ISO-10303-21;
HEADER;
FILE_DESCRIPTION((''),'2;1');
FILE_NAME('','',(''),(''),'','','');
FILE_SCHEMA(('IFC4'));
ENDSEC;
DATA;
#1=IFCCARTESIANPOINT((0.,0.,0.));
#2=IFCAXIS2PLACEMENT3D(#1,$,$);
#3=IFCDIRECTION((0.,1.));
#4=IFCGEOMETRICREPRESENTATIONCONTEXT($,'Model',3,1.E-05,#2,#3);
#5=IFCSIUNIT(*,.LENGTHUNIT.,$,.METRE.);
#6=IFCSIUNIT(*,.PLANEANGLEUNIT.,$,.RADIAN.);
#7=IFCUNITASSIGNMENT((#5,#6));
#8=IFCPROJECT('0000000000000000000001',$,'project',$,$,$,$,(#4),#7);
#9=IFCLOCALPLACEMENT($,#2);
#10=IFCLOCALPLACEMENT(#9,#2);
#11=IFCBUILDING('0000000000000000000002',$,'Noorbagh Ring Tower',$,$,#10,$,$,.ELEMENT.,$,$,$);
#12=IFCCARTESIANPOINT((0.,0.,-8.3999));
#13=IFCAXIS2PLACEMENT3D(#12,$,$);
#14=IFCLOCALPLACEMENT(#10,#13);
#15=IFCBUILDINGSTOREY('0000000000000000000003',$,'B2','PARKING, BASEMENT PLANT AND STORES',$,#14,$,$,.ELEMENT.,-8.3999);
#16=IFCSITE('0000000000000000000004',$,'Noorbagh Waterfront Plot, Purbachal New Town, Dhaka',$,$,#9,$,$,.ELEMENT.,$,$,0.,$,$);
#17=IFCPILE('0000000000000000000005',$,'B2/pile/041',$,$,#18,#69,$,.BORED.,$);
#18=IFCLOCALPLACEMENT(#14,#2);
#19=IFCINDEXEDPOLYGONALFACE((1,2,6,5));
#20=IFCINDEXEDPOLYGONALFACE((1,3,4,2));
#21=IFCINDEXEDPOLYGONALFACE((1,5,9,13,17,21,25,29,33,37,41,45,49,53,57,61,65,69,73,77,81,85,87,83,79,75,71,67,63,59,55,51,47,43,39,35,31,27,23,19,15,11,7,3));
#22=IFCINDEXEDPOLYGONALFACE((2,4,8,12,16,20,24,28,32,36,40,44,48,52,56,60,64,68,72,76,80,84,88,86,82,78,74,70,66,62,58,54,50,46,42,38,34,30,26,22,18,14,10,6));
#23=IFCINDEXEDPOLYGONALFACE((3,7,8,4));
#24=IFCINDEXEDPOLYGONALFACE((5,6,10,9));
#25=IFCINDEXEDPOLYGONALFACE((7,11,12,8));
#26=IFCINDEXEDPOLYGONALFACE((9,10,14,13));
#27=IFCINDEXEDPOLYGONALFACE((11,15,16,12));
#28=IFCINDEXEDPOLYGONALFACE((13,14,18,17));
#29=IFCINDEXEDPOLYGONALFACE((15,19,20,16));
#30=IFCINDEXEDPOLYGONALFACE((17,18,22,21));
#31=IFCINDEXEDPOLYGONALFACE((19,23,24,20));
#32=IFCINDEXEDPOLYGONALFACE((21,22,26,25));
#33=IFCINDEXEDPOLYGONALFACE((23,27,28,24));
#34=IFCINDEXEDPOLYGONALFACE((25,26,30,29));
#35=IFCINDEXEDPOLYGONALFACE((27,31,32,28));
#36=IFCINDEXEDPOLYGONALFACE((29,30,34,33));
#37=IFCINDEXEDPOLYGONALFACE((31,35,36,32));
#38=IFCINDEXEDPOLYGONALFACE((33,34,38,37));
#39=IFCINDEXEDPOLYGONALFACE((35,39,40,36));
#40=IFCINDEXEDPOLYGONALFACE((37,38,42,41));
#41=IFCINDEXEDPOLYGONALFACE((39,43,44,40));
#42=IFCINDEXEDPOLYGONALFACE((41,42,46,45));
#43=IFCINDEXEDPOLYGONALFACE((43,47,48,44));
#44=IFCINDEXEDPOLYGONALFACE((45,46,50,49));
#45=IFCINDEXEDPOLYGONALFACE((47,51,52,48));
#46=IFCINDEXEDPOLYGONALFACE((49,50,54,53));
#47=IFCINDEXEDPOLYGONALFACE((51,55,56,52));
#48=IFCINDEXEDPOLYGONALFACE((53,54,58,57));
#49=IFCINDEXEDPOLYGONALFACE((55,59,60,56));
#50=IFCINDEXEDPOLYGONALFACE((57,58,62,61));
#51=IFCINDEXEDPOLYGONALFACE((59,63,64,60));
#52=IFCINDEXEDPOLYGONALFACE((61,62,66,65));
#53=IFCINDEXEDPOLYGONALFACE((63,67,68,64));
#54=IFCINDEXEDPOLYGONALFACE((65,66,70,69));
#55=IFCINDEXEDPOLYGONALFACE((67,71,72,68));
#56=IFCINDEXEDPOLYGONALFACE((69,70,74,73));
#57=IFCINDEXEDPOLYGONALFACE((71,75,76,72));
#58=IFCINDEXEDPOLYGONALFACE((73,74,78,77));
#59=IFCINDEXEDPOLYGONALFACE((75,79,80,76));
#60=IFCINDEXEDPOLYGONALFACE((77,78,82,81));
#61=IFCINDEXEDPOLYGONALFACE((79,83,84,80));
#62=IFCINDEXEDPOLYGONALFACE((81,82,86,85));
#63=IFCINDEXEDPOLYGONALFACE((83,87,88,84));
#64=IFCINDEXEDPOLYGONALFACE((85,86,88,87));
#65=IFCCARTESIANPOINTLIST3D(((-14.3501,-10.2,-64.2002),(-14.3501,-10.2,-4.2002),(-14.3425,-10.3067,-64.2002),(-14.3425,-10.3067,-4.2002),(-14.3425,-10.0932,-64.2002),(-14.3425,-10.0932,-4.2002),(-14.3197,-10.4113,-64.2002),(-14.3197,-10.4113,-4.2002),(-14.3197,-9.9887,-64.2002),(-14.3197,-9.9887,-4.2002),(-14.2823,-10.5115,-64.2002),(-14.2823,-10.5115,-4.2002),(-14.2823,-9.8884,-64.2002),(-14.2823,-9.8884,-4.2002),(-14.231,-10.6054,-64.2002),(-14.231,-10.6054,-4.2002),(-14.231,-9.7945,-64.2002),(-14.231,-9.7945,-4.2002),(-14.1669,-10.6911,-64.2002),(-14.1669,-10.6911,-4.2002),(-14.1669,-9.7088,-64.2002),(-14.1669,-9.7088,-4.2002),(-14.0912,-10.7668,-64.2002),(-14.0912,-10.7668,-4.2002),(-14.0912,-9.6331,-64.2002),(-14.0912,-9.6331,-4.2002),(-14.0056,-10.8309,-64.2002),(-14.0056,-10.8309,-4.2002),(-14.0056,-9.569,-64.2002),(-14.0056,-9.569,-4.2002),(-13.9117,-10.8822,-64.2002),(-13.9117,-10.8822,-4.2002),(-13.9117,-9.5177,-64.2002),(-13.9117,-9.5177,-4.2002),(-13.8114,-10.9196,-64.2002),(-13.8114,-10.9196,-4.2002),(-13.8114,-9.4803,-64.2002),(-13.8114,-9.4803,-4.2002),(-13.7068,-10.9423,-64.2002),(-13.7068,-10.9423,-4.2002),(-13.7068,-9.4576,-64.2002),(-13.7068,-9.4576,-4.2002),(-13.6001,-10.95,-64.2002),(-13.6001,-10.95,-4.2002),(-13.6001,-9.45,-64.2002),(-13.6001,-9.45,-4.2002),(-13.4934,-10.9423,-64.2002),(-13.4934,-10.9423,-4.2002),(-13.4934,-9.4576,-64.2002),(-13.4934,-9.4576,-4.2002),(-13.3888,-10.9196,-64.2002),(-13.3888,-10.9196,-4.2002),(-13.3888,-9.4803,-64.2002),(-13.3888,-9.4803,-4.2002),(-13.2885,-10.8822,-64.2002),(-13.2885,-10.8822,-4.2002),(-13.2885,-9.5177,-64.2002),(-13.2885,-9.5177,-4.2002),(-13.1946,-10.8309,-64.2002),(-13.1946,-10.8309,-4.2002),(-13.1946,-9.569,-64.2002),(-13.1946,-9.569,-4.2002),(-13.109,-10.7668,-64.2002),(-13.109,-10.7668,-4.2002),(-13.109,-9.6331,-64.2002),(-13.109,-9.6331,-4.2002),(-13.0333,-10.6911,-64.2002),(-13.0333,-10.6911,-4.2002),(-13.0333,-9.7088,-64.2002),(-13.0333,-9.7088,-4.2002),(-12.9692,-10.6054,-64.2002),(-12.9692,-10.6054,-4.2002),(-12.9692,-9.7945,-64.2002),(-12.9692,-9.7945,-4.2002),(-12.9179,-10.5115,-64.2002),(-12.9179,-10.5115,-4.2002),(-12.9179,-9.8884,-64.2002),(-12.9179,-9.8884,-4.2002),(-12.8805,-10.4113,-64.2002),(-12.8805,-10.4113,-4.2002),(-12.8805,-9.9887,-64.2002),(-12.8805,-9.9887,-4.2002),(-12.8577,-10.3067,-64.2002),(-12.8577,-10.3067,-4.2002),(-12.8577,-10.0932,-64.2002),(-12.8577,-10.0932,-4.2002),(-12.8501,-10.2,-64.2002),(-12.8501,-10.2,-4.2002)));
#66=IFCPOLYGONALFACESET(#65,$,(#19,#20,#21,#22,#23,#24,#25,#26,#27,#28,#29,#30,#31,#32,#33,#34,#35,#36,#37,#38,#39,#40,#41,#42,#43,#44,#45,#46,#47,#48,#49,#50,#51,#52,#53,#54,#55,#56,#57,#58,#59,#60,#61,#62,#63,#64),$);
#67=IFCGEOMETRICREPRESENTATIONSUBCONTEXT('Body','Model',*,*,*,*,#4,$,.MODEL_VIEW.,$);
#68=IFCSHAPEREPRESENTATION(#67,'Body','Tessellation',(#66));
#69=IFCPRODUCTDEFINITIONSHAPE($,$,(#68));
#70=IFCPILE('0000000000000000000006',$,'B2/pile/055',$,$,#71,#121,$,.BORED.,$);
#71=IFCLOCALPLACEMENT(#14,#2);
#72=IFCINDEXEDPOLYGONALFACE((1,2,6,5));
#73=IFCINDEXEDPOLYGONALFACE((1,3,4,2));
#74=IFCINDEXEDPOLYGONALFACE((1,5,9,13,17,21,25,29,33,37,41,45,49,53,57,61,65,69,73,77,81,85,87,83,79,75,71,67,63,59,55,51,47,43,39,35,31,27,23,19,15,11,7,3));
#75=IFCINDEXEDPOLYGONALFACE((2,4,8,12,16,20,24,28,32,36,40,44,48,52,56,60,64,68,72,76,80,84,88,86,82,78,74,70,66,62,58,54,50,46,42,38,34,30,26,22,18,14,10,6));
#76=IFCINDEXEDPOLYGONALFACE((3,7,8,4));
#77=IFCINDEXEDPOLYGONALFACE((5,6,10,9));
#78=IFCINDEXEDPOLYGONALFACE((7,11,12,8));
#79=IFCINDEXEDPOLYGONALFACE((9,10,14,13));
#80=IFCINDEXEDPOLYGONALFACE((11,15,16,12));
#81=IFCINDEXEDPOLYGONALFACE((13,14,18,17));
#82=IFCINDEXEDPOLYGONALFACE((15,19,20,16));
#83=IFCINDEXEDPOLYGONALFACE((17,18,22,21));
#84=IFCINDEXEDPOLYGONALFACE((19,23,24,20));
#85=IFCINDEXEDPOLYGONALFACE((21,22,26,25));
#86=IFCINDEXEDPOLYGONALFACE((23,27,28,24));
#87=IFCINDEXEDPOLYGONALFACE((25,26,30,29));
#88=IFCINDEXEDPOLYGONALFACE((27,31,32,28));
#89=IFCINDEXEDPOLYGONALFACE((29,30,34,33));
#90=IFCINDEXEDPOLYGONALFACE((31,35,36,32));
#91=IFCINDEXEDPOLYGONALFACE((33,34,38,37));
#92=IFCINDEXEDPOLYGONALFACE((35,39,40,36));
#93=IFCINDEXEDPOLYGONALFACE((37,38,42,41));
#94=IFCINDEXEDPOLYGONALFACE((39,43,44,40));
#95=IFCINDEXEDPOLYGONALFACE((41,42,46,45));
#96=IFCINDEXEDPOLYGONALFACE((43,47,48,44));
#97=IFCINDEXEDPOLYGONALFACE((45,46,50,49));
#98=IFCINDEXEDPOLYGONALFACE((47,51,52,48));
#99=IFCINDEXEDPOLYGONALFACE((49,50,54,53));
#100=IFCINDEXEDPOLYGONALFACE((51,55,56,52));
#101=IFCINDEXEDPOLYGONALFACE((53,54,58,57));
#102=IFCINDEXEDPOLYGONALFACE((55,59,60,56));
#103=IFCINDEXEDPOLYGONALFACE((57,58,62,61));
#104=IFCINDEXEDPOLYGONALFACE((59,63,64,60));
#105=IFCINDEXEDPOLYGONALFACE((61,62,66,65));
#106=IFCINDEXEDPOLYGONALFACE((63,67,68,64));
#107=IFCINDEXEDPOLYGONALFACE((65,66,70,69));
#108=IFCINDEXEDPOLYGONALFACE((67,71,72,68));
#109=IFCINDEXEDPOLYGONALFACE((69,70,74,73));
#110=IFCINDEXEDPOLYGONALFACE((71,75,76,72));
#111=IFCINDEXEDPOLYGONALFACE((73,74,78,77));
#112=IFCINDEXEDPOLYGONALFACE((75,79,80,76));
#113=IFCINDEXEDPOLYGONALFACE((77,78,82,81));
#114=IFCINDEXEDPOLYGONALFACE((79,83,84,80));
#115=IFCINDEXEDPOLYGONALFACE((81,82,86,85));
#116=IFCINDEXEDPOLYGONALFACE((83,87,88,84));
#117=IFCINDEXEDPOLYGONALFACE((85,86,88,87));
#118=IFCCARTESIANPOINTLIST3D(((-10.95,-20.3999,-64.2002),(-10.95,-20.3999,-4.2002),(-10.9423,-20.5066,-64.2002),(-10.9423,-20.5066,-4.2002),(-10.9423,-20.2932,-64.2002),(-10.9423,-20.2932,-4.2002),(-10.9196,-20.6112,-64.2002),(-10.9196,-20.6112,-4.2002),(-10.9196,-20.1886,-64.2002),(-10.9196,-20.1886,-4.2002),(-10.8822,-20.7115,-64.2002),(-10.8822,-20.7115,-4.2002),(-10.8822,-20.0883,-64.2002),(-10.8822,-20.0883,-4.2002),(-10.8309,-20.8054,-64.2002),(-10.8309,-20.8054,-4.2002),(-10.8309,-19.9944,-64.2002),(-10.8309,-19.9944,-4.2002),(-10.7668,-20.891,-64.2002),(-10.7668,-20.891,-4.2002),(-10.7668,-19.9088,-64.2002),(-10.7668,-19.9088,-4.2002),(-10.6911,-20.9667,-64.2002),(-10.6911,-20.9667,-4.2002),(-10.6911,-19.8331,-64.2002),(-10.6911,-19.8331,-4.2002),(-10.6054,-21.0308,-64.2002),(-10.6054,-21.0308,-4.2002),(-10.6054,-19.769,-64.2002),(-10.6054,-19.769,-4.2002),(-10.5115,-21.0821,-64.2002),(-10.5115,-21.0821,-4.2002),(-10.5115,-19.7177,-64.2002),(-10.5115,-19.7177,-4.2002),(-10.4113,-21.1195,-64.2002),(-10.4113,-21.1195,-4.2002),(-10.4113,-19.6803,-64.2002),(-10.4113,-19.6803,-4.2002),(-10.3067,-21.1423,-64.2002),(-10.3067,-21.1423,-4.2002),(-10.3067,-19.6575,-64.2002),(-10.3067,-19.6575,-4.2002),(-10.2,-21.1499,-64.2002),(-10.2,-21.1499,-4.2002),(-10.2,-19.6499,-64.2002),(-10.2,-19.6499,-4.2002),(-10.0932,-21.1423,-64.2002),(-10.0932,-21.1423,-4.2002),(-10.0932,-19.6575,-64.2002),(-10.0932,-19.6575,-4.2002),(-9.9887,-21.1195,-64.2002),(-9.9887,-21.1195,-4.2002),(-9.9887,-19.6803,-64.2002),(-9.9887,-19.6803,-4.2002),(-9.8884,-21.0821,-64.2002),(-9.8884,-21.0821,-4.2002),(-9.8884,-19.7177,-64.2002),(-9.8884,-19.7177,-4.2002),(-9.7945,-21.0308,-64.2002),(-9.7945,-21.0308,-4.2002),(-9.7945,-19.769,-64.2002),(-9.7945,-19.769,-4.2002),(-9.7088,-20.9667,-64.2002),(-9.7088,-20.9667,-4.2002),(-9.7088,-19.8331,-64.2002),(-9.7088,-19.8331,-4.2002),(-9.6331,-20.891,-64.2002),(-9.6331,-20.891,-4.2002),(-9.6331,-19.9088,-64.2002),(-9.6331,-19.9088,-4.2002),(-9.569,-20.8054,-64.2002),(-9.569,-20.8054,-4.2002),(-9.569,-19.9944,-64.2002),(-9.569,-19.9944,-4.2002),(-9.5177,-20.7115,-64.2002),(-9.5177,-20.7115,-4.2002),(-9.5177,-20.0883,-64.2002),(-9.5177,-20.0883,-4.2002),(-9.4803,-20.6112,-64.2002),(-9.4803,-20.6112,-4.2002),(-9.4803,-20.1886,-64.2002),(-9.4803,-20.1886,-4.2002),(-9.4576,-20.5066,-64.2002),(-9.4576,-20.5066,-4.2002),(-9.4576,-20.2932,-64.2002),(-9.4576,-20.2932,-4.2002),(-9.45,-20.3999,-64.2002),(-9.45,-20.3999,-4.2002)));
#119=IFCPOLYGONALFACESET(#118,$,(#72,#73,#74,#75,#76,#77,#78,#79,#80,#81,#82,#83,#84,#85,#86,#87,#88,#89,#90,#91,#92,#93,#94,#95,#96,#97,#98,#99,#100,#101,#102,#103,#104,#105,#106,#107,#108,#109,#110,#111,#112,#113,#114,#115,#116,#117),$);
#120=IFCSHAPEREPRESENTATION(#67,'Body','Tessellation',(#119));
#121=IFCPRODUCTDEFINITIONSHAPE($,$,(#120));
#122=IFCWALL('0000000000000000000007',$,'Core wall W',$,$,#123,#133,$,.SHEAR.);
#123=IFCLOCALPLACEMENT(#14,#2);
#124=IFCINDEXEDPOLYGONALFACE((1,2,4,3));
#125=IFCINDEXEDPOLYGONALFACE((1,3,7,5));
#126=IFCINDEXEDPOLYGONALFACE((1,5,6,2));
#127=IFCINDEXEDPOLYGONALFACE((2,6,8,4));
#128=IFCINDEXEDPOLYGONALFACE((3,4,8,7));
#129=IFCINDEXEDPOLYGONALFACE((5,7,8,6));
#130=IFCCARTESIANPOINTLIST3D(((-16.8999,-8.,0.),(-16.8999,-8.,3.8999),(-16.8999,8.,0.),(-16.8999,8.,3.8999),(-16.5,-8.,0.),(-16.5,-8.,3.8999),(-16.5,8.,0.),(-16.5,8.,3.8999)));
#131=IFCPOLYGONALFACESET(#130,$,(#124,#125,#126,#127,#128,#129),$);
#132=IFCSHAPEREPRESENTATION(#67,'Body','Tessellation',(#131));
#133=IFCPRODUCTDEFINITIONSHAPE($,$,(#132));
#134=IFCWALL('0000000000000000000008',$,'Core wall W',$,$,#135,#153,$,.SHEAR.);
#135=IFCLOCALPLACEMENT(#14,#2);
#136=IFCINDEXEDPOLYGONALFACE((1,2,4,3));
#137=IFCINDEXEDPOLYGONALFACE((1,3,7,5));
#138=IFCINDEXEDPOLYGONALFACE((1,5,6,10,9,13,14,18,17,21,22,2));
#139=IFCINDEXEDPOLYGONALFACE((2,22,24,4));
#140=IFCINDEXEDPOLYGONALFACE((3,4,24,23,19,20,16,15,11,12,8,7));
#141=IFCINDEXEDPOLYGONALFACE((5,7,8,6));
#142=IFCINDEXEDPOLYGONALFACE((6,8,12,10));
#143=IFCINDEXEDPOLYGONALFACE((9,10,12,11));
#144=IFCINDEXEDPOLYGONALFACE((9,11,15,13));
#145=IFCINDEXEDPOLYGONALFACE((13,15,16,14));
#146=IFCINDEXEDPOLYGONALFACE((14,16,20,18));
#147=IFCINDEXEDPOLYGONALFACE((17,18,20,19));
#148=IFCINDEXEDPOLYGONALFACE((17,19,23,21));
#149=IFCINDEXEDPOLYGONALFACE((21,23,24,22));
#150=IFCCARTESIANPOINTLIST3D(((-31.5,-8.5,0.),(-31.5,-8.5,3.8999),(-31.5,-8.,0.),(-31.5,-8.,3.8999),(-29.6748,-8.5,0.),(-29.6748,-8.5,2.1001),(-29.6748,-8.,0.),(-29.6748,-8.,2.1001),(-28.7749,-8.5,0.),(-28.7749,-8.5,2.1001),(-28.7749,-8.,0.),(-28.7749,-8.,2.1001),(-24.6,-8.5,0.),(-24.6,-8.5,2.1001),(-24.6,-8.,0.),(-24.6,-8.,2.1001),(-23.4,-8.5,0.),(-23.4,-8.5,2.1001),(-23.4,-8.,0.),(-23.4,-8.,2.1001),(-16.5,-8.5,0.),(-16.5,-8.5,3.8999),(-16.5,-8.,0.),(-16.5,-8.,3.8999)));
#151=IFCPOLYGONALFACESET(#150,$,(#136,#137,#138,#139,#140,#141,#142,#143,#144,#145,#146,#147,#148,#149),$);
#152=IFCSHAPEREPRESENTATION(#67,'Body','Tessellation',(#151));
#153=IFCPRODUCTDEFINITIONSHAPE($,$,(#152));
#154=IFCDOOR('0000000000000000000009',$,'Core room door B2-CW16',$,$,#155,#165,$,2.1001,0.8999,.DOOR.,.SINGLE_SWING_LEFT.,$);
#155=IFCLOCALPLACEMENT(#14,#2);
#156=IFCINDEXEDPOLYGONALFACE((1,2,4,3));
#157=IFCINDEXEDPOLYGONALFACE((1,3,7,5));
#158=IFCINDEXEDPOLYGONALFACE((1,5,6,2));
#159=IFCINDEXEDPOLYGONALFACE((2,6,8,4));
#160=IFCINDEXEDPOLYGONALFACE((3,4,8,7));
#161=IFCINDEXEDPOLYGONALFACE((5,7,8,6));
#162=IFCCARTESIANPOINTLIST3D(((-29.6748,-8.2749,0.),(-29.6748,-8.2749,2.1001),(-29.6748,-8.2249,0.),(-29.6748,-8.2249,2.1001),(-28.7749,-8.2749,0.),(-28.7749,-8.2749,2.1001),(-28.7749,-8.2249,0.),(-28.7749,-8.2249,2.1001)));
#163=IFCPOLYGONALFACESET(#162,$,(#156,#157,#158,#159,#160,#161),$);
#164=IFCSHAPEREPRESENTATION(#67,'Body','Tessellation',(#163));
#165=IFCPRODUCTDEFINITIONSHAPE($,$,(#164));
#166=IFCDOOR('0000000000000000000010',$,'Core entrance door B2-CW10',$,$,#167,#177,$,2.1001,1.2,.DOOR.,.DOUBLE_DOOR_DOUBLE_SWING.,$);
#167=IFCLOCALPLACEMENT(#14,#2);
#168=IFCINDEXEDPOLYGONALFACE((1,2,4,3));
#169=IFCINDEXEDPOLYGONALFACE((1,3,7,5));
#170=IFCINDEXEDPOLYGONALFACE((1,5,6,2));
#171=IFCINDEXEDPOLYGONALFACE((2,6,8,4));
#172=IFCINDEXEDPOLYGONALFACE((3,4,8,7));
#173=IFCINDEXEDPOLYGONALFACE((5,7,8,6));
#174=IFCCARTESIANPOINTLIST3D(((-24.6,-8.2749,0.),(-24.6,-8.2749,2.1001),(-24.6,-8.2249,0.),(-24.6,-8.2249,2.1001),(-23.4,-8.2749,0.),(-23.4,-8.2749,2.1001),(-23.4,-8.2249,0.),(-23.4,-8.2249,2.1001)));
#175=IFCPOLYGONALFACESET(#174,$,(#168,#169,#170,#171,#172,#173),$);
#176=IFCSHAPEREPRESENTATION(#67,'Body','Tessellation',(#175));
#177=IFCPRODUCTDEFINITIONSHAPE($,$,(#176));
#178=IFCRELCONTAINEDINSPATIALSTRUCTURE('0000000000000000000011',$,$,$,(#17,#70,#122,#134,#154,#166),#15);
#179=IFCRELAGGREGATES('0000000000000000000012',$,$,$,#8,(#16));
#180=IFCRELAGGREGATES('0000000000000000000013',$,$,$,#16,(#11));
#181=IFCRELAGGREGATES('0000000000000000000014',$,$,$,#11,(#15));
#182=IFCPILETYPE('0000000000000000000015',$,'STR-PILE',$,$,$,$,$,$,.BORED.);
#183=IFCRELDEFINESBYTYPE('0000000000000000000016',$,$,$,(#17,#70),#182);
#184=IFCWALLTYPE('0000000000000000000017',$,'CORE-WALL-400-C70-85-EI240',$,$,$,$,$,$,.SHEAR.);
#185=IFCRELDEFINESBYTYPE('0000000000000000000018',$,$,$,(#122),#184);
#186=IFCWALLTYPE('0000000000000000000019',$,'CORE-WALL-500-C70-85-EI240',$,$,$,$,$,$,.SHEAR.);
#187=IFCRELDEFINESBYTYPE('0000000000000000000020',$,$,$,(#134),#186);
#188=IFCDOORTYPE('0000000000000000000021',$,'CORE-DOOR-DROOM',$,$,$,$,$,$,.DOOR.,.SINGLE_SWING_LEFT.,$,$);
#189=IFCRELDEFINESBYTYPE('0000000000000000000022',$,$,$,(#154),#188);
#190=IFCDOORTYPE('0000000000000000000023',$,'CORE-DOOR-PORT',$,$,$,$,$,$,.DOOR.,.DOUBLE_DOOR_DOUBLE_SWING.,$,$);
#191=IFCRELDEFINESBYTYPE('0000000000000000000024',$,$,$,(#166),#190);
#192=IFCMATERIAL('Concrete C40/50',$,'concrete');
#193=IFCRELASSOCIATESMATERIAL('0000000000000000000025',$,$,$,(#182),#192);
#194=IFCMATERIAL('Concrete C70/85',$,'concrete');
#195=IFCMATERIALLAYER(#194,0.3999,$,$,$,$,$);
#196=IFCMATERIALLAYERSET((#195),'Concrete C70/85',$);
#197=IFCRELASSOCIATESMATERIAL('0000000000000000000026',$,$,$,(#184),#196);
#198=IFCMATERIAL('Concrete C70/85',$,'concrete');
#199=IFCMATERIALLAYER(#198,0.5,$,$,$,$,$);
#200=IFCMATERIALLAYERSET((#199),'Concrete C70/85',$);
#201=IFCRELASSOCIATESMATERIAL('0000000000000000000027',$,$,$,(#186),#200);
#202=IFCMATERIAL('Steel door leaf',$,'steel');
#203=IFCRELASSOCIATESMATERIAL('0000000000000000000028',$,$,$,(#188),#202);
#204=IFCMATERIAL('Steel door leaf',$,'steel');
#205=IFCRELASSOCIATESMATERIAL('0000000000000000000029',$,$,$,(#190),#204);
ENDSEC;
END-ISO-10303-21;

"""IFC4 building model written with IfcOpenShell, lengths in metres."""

from ifc_helpers import new_model, si_unit, direction, frame, frame_2d, origin, origin_2d, place, context, subcontext, project, spatial, rectangle, circle, extrude, material, layer, layer_set, material_profile, profile_set, type_object, element, fill, save


model = new_model("IFC4")

# Units and contexts
model_context = context("Model", 3, precision=1e-05, world=origin(), true_north=direction((0.0, 1.0)))
body_context = subcontext(model_context, "Body", "Model", "MODEL_VIEW")
ifc_project = project(units=[si_unit("LENGTHUNIT", "METRE"), si_unit("PLANEANGLEUNIT", "RADIAN")], contexts=[model_context])

# Site, building, storey
site_placement = place(None, origin())
site = spatial("IfcSite", under=ifc_project, at=site_placement, Name="Noorbagh Waterfront Plot, Purbachal New Town, Dhaka", CompositionType="ELEMENT", RefElevation=0.0)
building_placement = place(site_placement, origin())
building = spatial("IfcBuilding", under=site, at=building_placement, Name="Noorbagh Ring Tower", CompositionType="ELEMENT")
storey_placement = place(building_placement, frame((0.0, 0.0, -8.3999)))
storey = spatial("IfcBuildingStorey", under=building, at=storey_placement, Name="B2", Description="PARKING, BASEMENT PLANT AND STORES", CompositionType="ELEMENT", Elevation=-8.3999)

# Piles
ifc_material_1 = material(Name="Concrete C40/50", Category="concrete")
ifc_material_profile = material_profile(ifc_material_1, circle(Radius=0.75, at=origin_2d()), Name="PILE1500")
ifc_profile_set = profile_set([ifc_material_profile], Name="Concrete C40/50")
pile_type = type_object("IfcPileType", Name="STR-PILE", PredefinedType="BORED", material=ifc_profile_set)
for number, where, z_axis, x_axis, name in (
    (1, (-13.6001, -10.2, -4.2002), (0.0, 0.0, -1.0), (1.0, 0.0, 0.0), "B2/pile/041"),
    (2, (-10.2, -20.3999, -4.2002), (0.0, 0.0, -1.0), (1.0, 0.0, 0.0), "B2/pile/055"),
):
    element("IfcPile", number, at=place(storey_placement, frame(where, z_axis=z_axis, x_axis=x_axis)), inside=storey, type_object=pile_type, Name=name, PredefinedType="BORED", context=body_context, shape_type="SweptSolid", body=[
        extrude(circle(Radius=0.75, at=origin_2d()), origin(), (0.0, 0.0, 1.0), 60.0),
    ])

# Wall
ifc_material_2 = material(Name="Concrete C70/85", Category="concrete")
ifc_layer_1 = layer(ifc_material_2, 0.3999)
ifc_layer_set_1 = layer_set([ifc_layer_1], Name="Concrete C70/85")
wall_type_1 = type_object("IfcWallType", Name="CORE-WALL-400-C70-85-EI240", PredefinedType="SHEAR", material=ifc_layer_set_1)
wall_1_placement = place(storey_placement, frame((-16.7, -8.0, 0.0), z_axis=(0.0, 0.0, 1.0), x_axis=(0.0, 1.0, 0.0)))
element("IfcWall", 3, at=wall_1_placement, inside=storey, type_object=wall_type_1, Name="Core wall W", PredefinedType="SHEAR", context=body_context, shape_type="SweptSolid", body=[
    extrude(rectangle(XDim=16.0, YDim=0.3999, at=frame_2d((8.0, 0.0))), origin(), (0.0, 0.0, 1.0), 3.8999),
])

# Wall, openings, doors
ifc_material_3 = material(Name="Concrete C70/85", Category="concrete")
ifc_layer_2 = layer(ifc_material_3, 0.5)
ifc_layer_set_2 = layer_set([ifc_layer_2], Name="Concrete C70/85")
wall_type_2 = type_object("IfcWallType", Name="CORE-WALL-500-C70-85-EI240", PredefinedType="SHEAR", material=ifc_layer_set_2)
wall_2_placement = place(storey_placement, frame((-16.5, -8.25, 0.0), z_axis=(0.0, 0.0, 1.0), x_axis=(-1.0, 0.0, 0.0)))
wall_2 = element("IfcWall", 4, at=wall_2_placement, inside=storey, type_object=wall_type_2, Name="Core wall W", PredefinedType="SHEAR", context=body_context, shape_type="SweptSolid", body=[
    extrude(rectangle(XDim=15.0, YDim=0.5, at=frame_2d((7.5, 0.0))), origin(), (0.0, 0.0, 1.0), 3.8999),
])
opening_1_placement = place(wall_2_placement, frame((6.8999, 0.0, 0.0)))
opening_1 = element("IfcOpeningElement", 5, at=opening_1_placement, cuts=wall_2, PredefinedType="OPENING", context=body_context, shape_type="SweptSolid", body=[
    extrude(rectangle(XDim=1.2, YDim=2.1001, at=frame_2d((0.6001, 1.05))), frame((0.0, 0.26, 0.0), z_axis=(0.0, -1.0, 0.0), x_axis=(1.0, 0.0, 0.0)), (0.0, 0.0, 1.0), 0.52),
])
opening_2_placement = place(wall_2_placement, frame((12.2749, 0.0, 0.0)))
opening_2 = element("IfcOpeningElement", 6, at=opening_2_placement, cuts=wall_2, PredefinedType="OPENING", context=body_context, shape_type="SweptSolid", body=[
    extrude(rectangle(XDim=0.8999, YDim=2.1001, at=frame_2d((0.45, 1.05))), frame((0.0, 0.26, 0.0), z_axis=(0.0, -1.0, 0.0), x_axis=(1.0, 0.0, 0.0)), (0.0, 0.0, 1.0), 0.52),
])
ifc_material_4 = material(Name="Steel door leaf", Category="steel")
door_type_1 = type_object("IfcDoorType", Name="CORE-DOOR-DROOM", OperationType="SINGLE_SWING_LEFT", PredefinedType="DOOR", material=ifc_material_4)
door_1_placement = place(opening_2_placement, origin())
door_1 = element("IfcDoor", 7, at=door_1_placement, inside=storey, type_object=door_type_1, Name="Core room door B2-CW16", OperationType="SINGLE_SWING_LEFT", OverallHeight=2.1001, OverallWidth=0.8999, PredefinedType="DOOR", context=body_context, shape_type="SweptSolid", body=[
    extrude(rectangle(XDim=0.8999, YDim=2.1001, at=frame_2d((0.45, 1.05))), frame((0.0, 0.0249, 0.0), z_axis=(0.0, -1.0, 0.0), x_axis=(1.0, 0.0, 0.0)), (0.0, 0.0, 1.0), 0.05),
])
fill(opening_2, door_1)
ifc_material_5 = material(Name="Steel door leaf", Category="steel")
door_type_2 = type_object("IfcDoorType", Name="CORE-DOOR-PORT", OperationType="DOUBLE_DOOR_DOUBLE_SWING", PredefinedType="DOOR", material=ifc_material_5)
door_2_placement = place(opening_1_placement, origin())
door_2 = element("IfcDoor", 8, at=door_2_placement, inside=storey, type_object=door_type_2, Name="Core entrance door B2-CW10", OperationType="DOUBLE_DOOR_DOUBLE_SWING", OverallHeight=2.1001, OverallWidth=1.2, PredefinedType="DOOR", context=body_context, shape_type="SweptSolid", body=[
    extrude(rectangle(XDim=1.2, YDim=2.1001, at=frame_2d((0.6001, 1.05))), frame((0.0, 0.0249, 0.0), z_axis=(0.0, -1.0, 0.0), x_axis=(1.0, 0.0, 0.0)), (0.0, 0.0, 1.0), 0.05),
])
fill(opening_1, door_2)

save(model, "model.ifc")
